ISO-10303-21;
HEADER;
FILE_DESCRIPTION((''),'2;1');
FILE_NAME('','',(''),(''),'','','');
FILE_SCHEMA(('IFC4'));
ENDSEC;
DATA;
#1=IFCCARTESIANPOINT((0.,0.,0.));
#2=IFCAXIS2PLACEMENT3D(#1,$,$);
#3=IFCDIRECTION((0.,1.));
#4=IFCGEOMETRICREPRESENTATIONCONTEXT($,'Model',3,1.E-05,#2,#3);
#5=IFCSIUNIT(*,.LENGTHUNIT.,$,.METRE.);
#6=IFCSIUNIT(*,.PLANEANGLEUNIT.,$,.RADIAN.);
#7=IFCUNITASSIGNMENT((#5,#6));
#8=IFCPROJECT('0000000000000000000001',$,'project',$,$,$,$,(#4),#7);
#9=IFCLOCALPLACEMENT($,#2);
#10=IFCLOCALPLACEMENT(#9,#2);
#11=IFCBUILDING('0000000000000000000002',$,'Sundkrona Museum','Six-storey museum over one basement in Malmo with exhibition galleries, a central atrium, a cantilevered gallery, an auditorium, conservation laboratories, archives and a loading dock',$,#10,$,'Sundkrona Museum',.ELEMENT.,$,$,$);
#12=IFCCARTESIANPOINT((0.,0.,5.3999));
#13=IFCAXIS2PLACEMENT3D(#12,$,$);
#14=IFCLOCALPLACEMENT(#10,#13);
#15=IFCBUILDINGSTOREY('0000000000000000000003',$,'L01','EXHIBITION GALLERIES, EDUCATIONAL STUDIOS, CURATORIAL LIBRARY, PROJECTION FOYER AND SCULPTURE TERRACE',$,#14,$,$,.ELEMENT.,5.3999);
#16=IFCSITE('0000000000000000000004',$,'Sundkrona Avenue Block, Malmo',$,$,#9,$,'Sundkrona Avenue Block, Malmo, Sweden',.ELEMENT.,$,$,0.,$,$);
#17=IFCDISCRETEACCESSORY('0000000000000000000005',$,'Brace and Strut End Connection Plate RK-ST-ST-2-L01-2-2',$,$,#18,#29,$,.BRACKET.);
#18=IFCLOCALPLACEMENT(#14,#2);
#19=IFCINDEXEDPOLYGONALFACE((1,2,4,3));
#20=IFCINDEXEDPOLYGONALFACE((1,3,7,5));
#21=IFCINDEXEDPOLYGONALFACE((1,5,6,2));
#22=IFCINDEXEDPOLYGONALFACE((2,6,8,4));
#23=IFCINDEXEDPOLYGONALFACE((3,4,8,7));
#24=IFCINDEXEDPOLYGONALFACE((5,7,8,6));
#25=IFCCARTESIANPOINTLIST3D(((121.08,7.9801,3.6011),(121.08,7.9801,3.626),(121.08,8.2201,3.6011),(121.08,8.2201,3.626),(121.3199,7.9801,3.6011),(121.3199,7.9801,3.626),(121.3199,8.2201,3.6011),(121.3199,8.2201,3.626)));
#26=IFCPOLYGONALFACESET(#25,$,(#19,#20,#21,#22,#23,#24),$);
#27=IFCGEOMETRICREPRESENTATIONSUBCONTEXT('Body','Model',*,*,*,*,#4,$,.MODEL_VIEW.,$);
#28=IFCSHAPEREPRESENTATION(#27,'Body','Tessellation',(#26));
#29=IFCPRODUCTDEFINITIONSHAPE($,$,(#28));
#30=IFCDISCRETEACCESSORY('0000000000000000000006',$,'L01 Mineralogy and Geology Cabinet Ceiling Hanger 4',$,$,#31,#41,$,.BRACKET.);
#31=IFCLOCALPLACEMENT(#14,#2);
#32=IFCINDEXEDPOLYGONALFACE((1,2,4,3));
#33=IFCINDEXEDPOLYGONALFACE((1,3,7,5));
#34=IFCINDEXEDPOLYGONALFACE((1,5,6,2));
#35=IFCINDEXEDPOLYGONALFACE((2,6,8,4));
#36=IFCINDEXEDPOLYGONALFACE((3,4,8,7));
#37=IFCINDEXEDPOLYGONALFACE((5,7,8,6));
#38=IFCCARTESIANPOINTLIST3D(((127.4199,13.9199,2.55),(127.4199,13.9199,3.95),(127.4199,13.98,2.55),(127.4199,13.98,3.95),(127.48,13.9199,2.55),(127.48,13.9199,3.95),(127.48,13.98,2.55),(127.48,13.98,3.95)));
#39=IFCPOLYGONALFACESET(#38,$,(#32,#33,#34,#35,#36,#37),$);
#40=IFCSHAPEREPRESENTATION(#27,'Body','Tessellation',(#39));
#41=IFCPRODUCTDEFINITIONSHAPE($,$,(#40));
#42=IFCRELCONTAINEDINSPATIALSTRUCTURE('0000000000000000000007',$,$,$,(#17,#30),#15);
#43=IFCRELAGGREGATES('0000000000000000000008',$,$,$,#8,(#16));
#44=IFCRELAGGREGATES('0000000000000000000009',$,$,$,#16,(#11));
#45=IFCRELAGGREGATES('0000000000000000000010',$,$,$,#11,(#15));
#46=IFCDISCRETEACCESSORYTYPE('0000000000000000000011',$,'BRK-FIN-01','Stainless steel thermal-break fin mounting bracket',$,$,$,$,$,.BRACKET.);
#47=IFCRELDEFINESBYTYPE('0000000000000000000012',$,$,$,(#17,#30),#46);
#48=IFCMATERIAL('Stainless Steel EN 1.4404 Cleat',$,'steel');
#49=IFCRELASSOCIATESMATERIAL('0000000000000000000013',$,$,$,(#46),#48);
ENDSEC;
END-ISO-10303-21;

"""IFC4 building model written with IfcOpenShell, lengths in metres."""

from ifc_helpers import new_model, si_unit, direction, frame, origin, origin_2d, place, context, subcontext, project, spatial, rectangle, extrude, material, type_object, element, save


model = new_model("IFC4")

# Units and contexts
model_context = context("Model", 3, precision=1e-05, world=origin(), true_north=direction((0.0, 1.0)))
body_context = subcontext(model_context, "Body", "Model", "MODEL_VIEW")
ifc_project = project(units=[si_unit("LENGTHUNIT", "METRE"), si_unit("PLANEANGLEUNIT", "RADIAN")], contexts=[model_context])

# Site, building, storey
site_placement = place(None, origin())
site = spatial("IfcSite", under=ifc_project, at=site_placement, Name="Sundkrona Avenue Block, Malmo", LongName="Sundkrona Avenue Block, Malmo, Sweden", CompositionType="ELEMENT", RefElevation=0.0)
building_placement = place(site_placement, origin())
building = spatial("IfcBuilding", under=site, at=building_placement, Name="Sundkrona Museum", Description="Six-storey museum over one basement in Malmo with exhibition galleries, a central atrium, a cantilevered gallery, an auditorium, conservation laboratories, archives and a loading dock", LongName="Sundkrona Museum", CompositionType="ELEMENT")
storey_placement = place(building_placement, frame((0.0, 0.0, 5.3999)))
storey = spatial("IfcBuildingStorey", under=building, at=storey_placement, Name="L01", Description="EXHIBITION GALLERIES, EDUCATIONAL STUDIOS, CURATORIAL LIBRARY, PROJECTION FOYER AND SCULPTURE TERRACE", CompositionType="ELEMENT", Elevation=5.3999)

# Discrete accessories
ifc_material_1 = material(Name="Stainless Steel EN 1.4404 Cleat", Category="steel")
discrete_accessory_type = type_object("IfcDiscreteAccessoryType", Name="BRK-FIN-01", Description="Stainless steel thermal-break fin mounting bracket", PredefinedType="BRACKET", material=ifc_material_1)
for number, where, z_axis, x_axis, name in (
    (1, (121.2, 8.1001, 3.6011), (0.0, 0.0, 1.0), (1.0, 0.0, 0.0), "Brace and Strut End Connection Plate RK-ST-ST-2-L01-2-2"),
):
    element("IfcDiscreteAccessory", number, at=place(storey_placement, frame(where, z_axis=z_axis, x_axis=x_axis)), inside=storey, type_object=discrete_accessory_type, Name=name, PredefinedType="BRACKET", context=body_context, shape_type="SweptSolid", body=[
        extrude(rectangle(XDim=0.24, YDim=0.24, at=origin_2d()), origin(), (0.0, 0.0, 1.0), 0.0249),
    ])
discrete_accessory_placement = place(storey_placement, frame((127.45, 13.95, 2.55), z_axis=(0.0, 0.0, 1.0), x_axis=(1.0, 0.0, 0.0)))
element("IfcDiscreteAccessory", 2, at=discrete_accessory_placement, inside=storey, type_object=discrete_accessory_type, Name="L01 Mineralogy and Geology Cabinet Ceiling Hanger 4", PredefinedType="BRACKET", context=body_context, shape_type="SweptSolid", body=[
    extrude(rectangle(XDim=0.0601, YDim=0.0601, at=origin_2d()), origin(), (0.0, 0.0, 1.0), 1.3999),
])

save(model, "model.ifc")
